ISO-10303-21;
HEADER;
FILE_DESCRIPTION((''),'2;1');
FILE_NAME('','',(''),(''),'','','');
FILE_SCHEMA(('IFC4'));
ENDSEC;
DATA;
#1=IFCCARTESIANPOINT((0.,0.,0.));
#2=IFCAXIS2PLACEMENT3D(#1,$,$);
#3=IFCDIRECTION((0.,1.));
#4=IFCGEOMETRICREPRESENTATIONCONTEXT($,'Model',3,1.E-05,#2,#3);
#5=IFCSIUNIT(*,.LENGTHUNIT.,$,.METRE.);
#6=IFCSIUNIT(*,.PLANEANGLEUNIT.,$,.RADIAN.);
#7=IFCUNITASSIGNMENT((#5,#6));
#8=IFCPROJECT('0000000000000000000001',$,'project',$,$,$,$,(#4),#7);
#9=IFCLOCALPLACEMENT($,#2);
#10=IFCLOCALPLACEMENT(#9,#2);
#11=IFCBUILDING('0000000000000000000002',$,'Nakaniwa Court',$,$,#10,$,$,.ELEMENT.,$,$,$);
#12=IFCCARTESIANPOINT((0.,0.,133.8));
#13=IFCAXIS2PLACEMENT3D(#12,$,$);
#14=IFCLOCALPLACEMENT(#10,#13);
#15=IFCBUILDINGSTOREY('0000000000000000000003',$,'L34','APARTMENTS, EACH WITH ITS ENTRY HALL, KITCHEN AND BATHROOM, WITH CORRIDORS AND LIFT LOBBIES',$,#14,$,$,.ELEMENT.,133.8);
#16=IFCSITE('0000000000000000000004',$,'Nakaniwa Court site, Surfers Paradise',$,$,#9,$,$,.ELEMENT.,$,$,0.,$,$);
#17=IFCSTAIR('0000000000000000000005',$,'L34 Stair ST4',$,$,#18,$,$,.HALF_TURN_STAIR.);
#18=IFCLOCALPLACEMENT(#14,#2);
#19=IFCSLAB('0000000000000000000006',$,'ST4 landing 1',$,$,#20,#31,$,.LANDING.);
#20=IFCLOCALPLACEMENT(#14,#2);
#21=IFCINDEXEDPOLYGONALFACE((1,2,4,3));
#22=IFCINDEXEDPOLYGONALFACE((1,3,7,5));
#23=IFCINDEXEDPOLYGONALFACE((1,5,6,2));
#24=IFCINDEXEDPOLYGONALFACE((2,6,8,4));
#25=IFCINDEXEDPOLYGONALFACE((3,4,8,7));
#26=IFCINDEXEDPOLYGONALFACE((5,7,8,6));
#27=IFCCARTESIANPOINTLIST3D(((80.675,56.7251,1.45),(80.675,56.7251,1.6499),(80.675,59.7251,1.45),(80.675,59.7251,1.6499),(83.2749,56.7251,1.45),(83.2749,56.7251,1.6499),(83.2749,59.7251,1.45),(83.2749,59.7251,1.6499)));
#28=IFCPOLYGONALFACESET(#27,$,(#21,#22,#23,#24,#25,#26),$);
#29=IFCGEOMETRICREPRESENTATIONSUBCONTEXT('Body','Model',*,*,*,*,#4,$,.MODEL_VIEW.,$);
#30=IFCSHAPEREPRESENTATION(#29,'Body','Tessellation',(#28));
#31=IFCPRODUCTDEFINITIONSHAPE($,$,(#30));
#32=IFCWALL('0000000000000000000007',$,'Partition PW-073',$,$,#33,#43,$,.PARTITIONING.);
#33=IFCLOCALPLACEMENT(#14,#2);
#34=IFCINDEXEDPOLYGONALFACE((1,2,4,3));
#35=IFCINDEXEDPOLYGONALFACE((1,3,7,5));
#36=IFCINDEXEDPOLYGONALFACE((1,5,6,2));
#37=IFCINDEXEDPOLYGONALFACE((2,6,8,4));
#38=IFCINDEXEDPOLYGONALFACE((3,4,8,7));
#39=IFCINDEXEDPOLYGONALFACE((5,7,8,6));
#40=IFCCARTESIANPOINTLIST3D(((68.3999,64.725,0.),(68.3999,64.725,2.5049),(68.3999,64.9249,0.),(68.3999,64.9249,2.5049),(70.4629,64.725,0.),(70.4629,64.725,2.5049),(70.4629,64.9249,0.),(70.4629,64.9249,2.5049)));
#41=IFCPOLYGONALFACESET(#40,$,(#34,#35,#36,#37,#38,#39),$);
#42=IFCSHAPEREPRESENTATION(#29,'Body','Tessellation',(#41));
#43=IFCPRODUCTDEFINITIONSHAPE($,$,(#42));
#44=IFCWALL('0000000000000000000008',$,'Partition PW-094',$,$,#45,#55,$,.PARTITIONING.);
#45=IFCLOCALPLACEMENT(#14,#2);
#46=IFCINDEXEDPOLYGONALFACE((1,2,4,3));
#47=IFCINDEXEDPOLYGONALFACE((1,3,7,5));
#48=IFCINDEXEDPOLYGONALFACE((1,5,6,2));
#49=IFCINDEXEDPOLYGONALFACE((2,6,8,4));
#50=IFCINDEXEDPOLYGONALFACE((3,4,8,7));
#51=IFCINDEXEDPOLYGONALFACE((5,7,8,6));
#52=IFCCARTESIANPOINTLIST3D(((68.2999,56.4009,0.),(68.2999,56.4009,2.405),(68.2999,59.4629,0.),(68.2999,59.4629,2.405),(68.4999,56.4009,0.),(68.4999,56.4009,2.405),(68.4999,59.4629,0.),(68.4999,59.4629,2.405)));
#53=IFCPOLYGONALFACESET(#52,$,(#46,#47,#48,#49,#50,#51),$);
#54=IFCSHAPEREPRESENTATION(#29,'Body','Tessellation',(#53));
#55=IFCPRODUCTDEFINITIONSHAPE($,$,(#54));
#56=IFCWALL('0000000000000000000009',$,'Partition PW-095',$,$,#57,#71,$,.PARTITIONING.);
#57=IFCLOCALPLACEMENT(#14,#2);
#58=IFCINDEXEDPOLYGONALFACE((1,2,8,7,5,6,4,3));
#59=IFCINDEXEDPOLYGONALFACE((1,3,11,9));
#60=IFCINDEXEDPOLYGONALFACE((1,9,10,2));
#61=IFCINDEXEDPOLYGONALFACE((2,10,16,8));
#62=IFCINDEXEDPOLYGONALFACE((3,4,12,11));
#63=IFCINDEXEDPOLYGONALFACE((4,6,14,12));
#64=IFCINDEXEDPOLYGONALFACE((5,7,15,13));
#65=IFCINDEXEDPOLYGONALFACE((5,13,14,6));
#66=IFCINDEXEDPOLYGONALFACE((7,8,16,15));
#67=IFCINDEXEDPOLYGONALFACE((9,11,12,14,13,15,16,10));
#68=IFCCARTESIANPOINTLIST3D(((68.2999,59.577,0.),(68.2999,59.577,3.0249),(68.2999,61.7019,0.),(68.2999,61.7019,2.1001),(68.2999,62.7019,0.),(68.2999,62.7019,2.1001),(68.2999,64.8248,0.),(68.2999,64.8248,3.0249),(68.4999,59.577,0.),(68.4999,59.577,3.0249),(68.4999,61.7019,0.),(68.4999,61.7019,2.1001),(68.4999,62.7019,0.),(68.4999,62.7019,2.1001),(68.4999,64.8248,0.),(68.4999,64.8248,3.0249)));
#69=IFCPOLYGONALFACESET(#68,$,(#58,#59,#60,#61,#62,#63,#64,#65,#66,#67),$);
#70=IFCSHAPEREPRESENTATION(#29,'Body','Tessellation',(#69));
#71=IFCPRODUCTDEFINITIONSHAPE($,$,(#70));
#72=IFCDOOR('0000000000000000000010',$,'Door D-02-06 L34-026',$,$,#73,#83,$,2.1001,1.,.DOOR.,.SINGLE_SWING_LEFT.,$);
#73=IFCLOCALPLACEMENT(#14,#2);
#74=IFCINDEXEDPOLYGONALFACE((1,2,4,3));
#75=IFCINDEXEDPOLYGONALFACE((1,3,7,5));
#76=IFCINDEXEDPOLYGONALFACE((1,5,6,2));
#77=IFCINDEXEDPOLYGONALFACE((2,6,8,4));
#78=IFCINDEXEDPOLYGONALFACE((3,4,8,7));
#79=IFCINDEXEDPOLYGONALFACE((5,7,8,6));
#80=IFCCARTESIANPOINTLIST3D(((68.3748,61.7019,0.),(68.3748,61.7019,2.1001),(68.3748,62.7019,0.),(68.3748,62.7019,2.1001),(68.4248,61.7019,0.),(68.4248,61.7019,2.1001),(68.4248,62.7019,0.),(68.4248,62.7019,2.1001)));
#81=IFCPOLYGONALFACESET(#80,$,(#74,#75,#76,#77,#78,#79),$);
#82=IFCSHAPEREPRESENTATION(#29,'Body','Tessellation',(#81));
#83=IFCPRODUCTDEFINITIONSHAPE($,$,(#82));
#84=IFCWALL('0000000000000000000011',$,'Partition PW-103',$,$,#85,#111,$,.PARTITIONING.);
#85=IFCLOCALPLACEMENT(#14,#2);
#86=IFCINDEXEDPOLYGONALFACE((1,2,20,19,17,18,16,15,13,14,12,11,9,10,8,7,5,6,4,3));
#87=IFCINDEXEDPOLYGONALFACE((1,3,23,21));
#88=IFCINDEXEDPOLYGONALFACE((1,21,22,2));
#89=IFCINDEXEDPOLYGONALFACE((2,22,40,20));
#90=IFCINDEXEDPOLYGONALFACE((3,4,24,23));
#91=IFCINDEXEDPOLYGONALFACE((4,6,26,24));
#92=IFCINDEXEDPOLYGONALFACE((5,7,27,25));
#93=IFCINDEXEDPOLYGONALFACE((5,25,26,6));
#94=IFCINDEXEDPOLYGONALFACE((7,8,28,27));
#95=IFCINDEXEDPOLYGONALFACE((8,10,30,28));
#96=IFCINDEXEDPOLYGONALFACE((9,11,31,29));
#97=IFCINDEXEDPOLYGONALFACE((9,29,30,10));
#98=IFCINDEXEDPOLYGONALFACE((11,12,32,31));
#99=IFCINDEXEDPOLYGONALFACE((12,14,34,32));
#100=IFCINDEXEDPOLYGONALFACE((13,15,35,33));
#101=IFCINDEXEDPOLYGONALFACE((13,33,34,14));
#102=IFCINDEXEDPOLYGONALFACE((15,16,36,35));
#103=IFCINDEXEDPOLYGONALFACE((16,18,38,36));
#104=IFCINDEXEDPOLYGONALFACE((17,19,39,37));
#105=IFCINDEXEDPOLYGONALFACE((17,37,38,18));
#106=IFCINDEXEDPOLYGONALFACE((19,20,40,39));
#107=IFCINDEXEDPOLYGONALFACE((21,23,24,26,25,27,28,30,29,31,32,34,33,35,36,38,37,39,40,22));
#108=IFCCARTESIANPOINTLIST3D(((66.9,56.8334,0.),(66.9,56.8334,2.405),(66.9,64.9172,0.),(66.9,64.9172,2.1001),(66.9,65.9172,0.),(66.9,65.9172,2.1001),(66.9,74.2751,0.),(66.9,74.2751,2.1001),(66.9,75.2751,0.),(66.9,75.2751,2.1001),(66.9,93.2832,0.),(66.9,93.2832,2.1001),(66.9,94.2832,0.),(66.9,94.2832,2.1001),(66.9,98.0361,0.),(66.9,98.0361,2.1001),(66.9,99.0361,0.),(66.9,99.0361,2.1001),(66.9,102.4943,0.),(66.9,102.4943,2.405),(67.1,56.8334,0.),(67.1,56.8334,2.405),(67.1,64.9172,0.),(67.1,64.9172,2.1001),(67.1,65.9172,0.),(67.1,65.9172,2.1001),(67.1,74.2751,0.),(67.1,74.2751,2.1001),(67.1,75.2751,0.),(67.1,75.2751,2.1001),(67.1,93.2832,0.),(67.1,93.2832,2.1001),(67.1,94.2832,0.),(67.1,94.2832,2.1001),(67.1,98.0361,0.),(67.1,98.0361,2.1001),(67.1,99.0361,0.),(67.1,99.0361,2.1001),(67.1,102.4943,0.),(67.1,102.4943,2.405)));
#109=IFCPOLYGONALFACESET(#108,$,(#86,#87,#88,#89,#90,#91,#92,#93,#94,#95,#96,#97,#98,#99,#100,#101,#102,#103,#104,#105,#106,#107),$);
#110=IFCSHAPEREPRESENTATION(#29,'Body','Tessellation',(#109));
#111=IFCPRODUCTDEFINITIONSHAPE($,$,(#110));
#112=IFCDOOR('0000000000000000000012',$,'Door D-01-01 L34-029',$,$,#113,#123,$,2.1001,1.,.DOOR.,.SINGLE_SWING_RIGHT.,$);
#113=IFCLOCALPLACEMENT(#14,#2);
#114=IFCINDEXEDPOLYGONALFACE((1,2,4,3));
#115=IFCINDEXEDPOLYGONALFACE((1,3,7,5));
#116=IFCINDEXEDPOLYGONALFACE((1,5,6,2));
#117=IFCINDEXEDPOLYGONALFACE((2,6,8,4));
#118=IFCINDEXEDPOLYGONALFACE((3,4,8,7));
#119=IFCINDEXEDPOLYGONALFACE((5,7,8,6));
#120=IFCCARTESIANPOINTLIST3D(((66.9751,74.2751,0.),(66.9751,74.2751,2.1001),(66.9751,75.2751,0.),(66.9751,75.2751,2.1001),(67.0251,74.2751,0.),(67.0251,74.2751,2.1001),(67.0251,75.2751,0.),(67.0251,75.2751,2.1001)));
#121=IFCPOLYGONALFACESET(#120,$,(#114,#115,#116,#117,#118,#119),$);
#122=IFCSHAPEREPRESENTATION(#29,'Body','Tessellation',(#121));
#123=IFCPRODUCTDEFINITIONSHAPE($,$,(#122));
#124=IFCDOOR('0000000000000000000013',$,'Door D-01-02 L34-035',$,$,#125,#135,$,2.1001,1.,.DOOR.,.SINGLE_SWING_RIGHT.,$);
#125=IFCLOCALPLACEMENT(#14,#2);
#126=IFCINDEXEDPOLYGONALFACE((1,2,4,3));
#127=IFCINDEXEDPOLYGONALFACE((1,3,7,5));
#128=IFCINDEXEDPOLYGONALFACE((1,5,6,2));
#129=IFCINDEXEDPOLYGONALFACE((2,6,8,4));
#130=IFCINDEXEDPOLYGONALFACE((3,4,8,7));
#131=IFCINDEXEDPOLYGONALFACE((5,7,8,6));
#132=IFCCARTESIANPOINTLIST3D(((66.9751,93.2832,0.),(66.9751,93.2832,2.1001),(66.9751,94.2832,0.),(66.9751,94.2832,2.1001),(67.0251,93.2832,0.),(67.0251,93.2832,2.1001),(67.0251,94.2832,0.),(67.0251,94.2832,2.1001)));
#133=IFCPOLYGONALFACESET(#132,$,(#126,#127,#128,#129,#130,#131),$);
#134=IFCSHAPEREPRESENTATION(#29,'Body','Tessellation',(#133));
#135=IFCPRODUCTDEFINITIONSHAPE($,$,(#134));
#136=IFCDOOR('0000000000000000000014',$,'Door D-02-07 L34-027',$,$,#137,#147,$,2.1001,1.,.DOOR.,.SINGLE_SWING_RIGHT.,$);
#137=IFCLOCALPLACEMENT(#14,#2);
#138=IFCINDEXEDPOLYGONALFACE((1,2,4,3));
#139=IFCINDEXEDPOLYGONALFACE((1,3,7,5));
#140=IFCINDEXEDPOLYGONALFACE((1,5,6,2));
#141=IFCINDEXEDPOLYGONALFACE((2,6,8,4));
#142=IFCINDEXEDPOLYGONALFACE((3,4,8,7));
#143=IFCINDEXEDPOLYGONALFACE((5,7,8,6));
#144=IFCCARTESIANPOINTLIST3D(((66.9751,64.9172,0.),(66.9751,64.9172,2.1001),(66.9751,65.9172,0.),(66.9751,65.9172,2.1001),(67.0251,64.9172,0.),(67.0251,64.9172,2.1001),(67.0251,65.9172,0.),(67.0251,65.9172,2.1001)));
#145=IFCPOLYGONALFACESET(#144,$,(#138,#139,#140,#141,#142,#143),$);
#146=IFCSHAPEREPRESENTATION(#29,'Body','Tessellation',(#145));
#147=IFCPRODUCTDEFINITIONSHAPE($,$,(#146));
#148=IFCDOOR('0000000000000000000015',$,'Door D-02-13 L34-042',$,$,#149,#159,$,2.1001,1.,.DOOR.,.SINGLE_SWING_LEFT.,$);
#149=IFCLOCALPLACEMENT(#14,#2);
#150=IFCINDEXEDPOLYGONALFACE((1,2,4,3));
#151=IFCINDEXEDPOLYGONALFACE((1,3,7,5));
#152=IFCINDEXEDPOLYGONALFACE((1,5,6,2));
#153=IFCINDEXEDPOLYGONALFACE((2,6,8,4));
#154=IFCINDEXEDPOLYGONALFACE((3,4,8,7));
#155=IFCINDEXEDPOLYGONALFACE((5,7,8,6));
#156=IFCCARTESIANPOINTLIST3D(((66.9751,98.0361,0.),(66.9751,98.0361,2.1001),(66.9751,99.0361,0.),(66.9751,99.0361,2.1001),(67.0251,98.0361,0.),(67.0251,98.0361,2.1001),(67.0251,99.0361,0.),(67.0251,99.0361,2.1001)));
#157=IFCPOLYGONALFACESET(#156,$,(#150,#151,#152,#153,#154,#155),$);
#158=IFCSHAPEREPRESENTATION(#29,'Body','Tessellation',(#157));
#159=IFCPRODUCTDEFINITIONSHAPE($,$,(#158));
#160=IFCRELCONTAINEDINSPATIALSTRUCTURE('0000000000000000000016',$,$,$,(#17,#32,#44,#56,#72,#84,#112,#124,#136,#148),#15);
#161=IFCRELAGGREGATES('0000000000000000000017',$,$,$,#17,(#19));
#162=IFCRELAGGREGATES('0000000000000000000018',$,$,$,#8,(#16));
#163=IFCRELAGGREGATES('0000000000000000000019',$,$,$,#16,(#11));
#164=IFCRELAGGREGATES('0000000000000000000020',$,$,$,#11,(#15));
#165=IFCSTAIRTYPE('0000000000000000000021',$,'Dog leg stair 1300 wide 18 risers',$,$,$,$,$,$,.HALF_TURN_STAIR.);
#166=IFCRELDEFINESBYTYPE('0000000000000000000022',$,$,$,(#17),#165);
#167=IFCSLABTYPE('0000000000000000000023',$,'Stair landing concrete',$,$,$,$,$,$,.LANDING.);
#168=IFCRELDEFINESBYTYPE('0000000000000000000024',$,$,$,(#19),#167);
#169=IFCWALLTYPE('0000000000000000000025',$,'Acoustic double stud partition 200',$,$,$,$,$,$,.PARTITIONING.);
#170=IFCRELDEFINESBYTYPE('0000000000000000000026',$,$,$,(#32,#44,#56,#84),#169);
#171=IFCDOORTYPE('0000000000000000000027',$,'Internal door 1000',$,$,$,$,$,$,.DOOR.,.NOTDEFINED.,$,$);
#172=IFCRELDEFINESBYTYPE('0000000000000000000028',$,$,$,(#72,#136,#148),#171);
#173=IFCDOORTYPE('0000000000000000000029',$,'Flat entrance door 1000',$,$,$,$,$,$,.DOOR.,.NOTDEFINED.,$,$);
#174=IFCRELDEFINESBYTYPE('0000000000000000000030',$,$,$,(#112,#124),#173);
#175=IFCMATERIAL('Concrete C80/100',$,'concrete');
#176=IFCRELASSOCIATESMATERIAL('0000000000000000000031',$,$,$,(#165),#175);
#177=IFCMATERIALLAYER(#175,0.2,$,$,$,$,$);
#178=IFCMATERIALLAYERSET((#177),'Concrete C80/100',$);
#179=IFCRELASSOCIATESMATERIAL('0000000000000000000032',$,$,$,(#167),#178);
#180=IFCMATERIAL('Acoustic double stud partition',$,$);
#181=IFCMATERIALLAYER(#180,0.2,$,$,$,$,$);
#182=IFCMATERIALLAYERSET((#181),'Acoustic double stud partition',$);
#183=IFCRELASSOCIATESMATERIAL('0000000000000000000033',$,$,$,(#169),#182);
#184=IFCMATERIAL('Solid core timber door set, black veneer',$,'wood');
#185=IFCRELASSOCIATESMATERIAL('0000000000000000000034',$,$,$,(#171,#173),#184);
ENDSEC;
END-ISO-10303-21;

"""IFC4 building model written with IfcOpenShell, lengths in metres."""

from ifc_helpers import new_model, si_unit, direction, frame, frame_2d, origin, place, context, subcontext, project, spatial, polyline, rectangle, outline, extrude, material, layer, layer_set, type_object, element, fill, aggregate, save


model = new_model("IFC4")

# Units and contexts
model_context = context("Model", 3, precision=1e-05, world=origin(), true_north=direction((0.0, 1.0)))
body_context = subcontext(model_context, "Body", "Model", "MODEL_VIEW")
ifc_project = project(units=[si_unit("LENGTHUNIT", "METRE"), si_unit("PLANEANGLEUNIT", "RADIAN")], contexts=[model_context])

# Site, building, storey
site_placement = place(None, origin())
site = spatial("IfcSite", under=ifc_project, at=site_placement, Name="Nakaniwa Court site, Surfers Paradise", CompositionType="ELEMENT", RefElevation=0.0)
building_placement = place(site_placement, origin())
building = spatial("IfcBuilding", under=site, at=building_placement, Name="Nakaniwa Court", CompositionType="ELEMENT")
storey_placement = place(building_placement, frame((0.0, 0.0, 133.8)))
storey = spatial("IfcBuildingStorey", under=building, at=storey_placement, Name="L34", Description="APARTMENTS, EACH WITH ITS ENTRY HALL, KITCHEN AND BATHROOM, WITH CORRIDORS AND LIFT LOBBIES", CompositionType="ELEMENT", Elevation=133.8)

# Shared definitions
ifc_material_1 = material(Name="Concrete C80/100", Category="concrete")

# Stair, slab
stair_type = type_object("IfcStairType", Name="Dog leg stair 1300 wide 18 risers", PredefinedType="HALF_TURN_STAIR", material=ifc_material_1)
ifc_layer_1 = layer(ifc_material_1, 0.2)
ifc_layer_set_1 = layer_set([ifc_layer_1], Name="Concrete C80/100")
slab_type_1 = type_object("IfcSlabType", Name="Stair landing concrete", PredefinedType="LANDING", material=ifc_layer_set_1)
stair_1_placement = place(storey_placement, origin())
stair_1 = element("IfcStair", 1, at=stair_1_placement, inside=storey, type_object=stair_type, Name="L34 Stair ST4", PredefinedType="HALF_TURN_STAIR")
slab_1_placement = place(storey_placement, frame((0.0, 0.0, 1.45)))
slab_1 = element("IfcSlab", 2, at=slab_1_placement, type_object=slab_type_1, Name="ST4 landing 1", PredefinedType="LANDING", context=body_context, shape_type="SweptSolid", body=[
    extrude(outline(polyline([(83.2749, 56.7251), (83.2749, 59.7251), (80.675, 59.7251), (80.675, 56.7251), (83.2749, 56.7251)])), origin(), (0.0, 0.0, 1.0), 0.2),
])
aggregate(stair_1, [slab_1])

# Walls
ifc_material_2 = material(Name="Acoustic double stud partition")
ifc_layer_2 = layer(ifc_material_2, 0.2)
ifc_layer_set_2 = layer_set([ifc_layer_2], Name="Acoustic double stud partition")
wall_type_1 = type_object("IfcWallType", Name="Acoustic double stud partition 200", PredefinedType="PARTITIONING", material=ifc_layer_set_2)
wall_1_placement = place(storey_placement, frame((68.3999, 64.825, 0.0), z_axis=(0.0, 0.0, 1.0), x_axis=(1.0, 0.0, 0.0)))
element("IfcWall", 3, at=wall_1_placement, inside=storey, type_object=wall_type_1, Name="Partition PW-073", PredefinedType="PARTITIONING", context=body_context, shape_type="SweptSolid", body=[
    extrude(rectangle(XDim=2.063, YDim=0.2, at=frame_2d((1.0315, 0.0))), origin(), (0.0, 0.0, 1.0), 2.5049),
])
wall_2_placement = place(storey_placement, frame((68.3999, 56.4009, 0.0), z_axis=(0.0, 0.0, 1.0), x_axis=(0.0, 1.0, 0.0)))
element("IfcWall", 4, at=wall_2_placement, inside=storey, type_object=wall_type_1, Name="Partition PW-094", PredefinedType="PARTITIONING", context=body_context, shape_type="SweptSolid", body=[
    extrude(rectangle(XDim=3.062, YDim=0.2, at=frame_2d((1.531, 0.0))), origin(), (0.0, 0.0, 1.0), 2.405),
])

# Wall, opening, door
wall_3_placement = place(storey_placement, frame((68.3999, 64.825, 0.0), z_axis=(0.0, 0.0, 1.0), x_axis=(0.0, -1.0, 0.0)))
wall_3 = element("IfcWall", 5, at=wall_3_placement, inside=storey, type_object=wall_type_1, Name="Partition PW-095", PredefinedType="PARTITIONING", context=body_context, shape_type="SweptSolid", body=[
    extrude(rectangle(XDim=5.2478, YDim=0.2, at=frame_2d((2.624, 0.0))), origin(), (0.0, 0.0, 1.0), 3.0249),
])
opening_1_placement = place(wall_3_placement, frame((2.123, 0.0, 0.0)))
opening_1 = element("IfcOpeningElement", 6, at=opening_1_placement, cuts=wall_3, PredefinedType="OPENING", context=body_context, shape_type="SweptSolid", body=[
    extrude(rectangle(XDim=1.0, YDim=2.1001, at=frame_2d((0.5, 1.05))), frame((0.0, 0.1099, 0.0), z_axis=(0.0, -1.0, 0.0), x_axis=(1.0, 0.0, 0.0)), (0.0, 0.0, 1.0), 0.22),
])
ifc_material_3 = material(Name="Solid core timber door set, black veneer", Category="wood")
door_type_1 = type_object("IfcDoorType", Name="Internal door 1000", OperationType="NOTDEFINED", PredefinedType="DOOR", material=ifc_material_3)
door_1_placement = place(opening_1_placement, origin())
door_1 = element("IfcDoor", 7, at=door_1_placement, inside=storey, type_object=door_type_1, Name="Door D-02-06 L34-026", OperationType="SINGLE_SWING_LEFT", OverallHeight=2.1001, OverallWidth=1.0, PredefinedType="DOOR", context=body_context, shape_type="SweptSolid", body=[
    extrude(rectangle(XDim=1.0, YDim=2.1001, at=frame_2d((0.5, 1.05))), frame((0.0, 0.0249, 0.0), z_axis=(0.0, -1.0, 0.0), x_axis=(1.0, 0.0, 0.0)), (0.0, 0.0, 1.0), 0.05),
])
fill(opening_1, door_1)

# Wall, openings, doors
wall_4_placement = place(storey_placement, frame((67.0, 56.8333, 0.0), z_axis=(0.0, 0.0, 1.0), x_axis=(0.0, 1.0, 0.0)))
wall_4 = element("IfcWall", 8, at=wall_4_placement, inside=storey, type_object=wall_type_1, Name="Partition PW-103", PredefinedType="PARTITIONING", context=body_context, shape_type="SweptSolid", body=[
    extrude(rectangle(XDim=45.6609, YDim=0.2, at=frame_2d((22.8306, 0.0))), origin(), (0.0, 0.0, 1.0), 2.405),
])
opening_2_placement = place(wall_4_placement, frame((8.084, 0.0, 0.0)))
opening_2 = element("IfcOpeningElement", 9, at=opening_2_placement, cuts=wall_4, PredefinedType="OPENING", context=body_context, shape_type="SweptSolid", body=[
    extrude(rectangle(XDim=1.0, YDim=2.1001, at=frame_2d((0.5, 1.05))), frame((0.0, 0.1099, 0.0), z_axis=(0.0, -1.0, 0.0), x_axis=(1.0, 0.0, 0.0)), (0.0, 0.0, 1.0), 0.22),
])
opening_3_placement = place(wall_4_placement, frame((17.4419, 0.0, 0.0)))
opening_3 = element("IfcOpeningElement", 10, at=opening_3_placement, cuts=wall_4, PredefinedType="OPENING", context=body_context, shape_type="SweptSolid", body=[
    extrude(rectangle(XDim=1.0, YDim=2.1001, at=frame_2d((0.5, 1.05))), frame((0.0, 0.1099, 0.0), z_axis=(0.0, -1.0, 0.0), x_axis=(1.0, 0.0, 0.0)), (0.0, 0.0, 1.0), 0.22),
])
opening_4_placement = place(wall_4_placement, frame((36.45, 0.0, 0.0)))
opening_4 = element("IfcOpeningElement", 11, at=opening_4_placement, cuts=wall_4, PredefinedType="OPENING", context=body_context, shape_type="SweptSolid", body=[
    extrude(rectangle(XDim=1.0, YDim=2.1001, at=frame_2d((0.5, 1.05))), frame((0.0, 0.1099, 0.0), z_axis=(0.0, -1.0, 0.0), x_axis=(1.0, 0.0, 0.0)), (0.0, 0.0, 1.0), 0.22),
])
opening_5_placement = place(wall_4_placement, frame((41.2029, 0.0, 0.0)))
opening_5 = element("IfcOpeningElement", 12, at=opening_5_placement, cuts=wall_4, PredefinedType="OPENING", context=body_context, shape_type="SweptSolid", body=[
    extrude(rectangle(XDim=1.0, YDim=2.1001, at=frame_2d((0.5, 1.05))), frame((0.0, 0.1099, 0.0), z_axis=(0.0, -1.0, 0.0), x_axis=(1.0, 0.0, 0.0)), (0.0, 0.0, 1.0), 0.22),
])
door_type_2 = type_object("IfcDoorType", Name="Flat entrance door 1000", OperationType="NOTDEFINED", PredefinedType="DOOR", material=ifc_material_3)
door_2_placement = place(opening_3_placement, origin())
door_2 = element("IfcDoor", 13, at=door_2_placement, inside=storey, type_object=door_type_2, Name="Door D-01-01 L34-029", OperationType="SINGLE_SWING_RIGHT", OverallHeight=2.1001, OverallWidth=1.0, PredefinedType="DOOR", context=body_context, shape_type="SweptSolid", body=[
    extrude(rectangle(XDim=1.0, YDim=2.1001, at=frame_2d((0.5, 1.05))), frame((0.0, 0.0249, 0.0), z_axis=(0.0, -1.0, 0.0), x_axis=(1.0, 0.0, 0.0)), (0.0, 0.0, 1.0), 0.05),
])
fill(opening_3, door_2)
door_3_placement = place(opening_4_placement, origin())
door_3 = element("IfcDoor", 14, at=door_3_placement, inside=storey, type_object=door_type_2, Name="Door D-01-02 L34-035", OperationType="SINGLE_SWING_RIGHT", OverallHeight=2.1001, OverallWidth=1.0, PredefinedType="DOOR", context=body_context, shape_type="SweptSolid", body=[
    extrude(rectangle(XDim=1.0, YDim=2.1001, at=frame_2d((0.5, 1.05))), frame((0.0, 0.0249, 0.0), z_axis=(0.0, -1.0, 0.0), x_axis=(1.0, 0.0, 0.0)), (0.0, 0.0, 1.0), 0.05),
])
fill(opening_4, door_3)
door_4_placement = place(opening_2_placement, origin())
door_4 = element("IfcDoor", 15, at=door_4_placement, inside=storey, type_object=door_type_1, Name="Door D-02-07 L34-027", OperationType="SINGLE_SWING_RIGHT", OverallHeight=2.1001, OverallWidth=1.0, PredefinedType="DOOR", context=body_context, shape_type="SweptSolid", body=[
    extrude(rectangle(XDim=1.0, YDim=2.1001, at=frame_2d((0.5, 1.05))), frame((0.0, 0.0249, 0.0), z_axis=(0.0, -1.0, 0.0), x_axis=(1.0, 0.0, 0.0)), (0.0, 0.0, 1.0), 0.05),
])
fill(opening_2, door_4)
door_5_placement = place(opening_5_placement, origin())
door_5 = element("IfcDoor", 16, at=door_5_placement, inside=storey, type_object=door_type_1, Name="Door D-02-13 L34-042", OperationType="SINGLE_SWING_LEFT", OverallHeight=2.1001, OverallWidth=1.0, PredefinedType="DOOR", context=body_context, shape_type="SweptSolid", body=[
    extrude(rectangle(XDim=1.0, YDim=2.1001, at=frame_2d((0.5, 1.05))), frame((0.0, 0.0249, 0.0), z_axis=(0.0, -1.0, 0.0), x_axis=(1.0, 0.0, 0.0)), (0.0, 0.0, 1.0), 0.05),
])
fill(opening_5, door_5)

save(model, "model.ifc")
